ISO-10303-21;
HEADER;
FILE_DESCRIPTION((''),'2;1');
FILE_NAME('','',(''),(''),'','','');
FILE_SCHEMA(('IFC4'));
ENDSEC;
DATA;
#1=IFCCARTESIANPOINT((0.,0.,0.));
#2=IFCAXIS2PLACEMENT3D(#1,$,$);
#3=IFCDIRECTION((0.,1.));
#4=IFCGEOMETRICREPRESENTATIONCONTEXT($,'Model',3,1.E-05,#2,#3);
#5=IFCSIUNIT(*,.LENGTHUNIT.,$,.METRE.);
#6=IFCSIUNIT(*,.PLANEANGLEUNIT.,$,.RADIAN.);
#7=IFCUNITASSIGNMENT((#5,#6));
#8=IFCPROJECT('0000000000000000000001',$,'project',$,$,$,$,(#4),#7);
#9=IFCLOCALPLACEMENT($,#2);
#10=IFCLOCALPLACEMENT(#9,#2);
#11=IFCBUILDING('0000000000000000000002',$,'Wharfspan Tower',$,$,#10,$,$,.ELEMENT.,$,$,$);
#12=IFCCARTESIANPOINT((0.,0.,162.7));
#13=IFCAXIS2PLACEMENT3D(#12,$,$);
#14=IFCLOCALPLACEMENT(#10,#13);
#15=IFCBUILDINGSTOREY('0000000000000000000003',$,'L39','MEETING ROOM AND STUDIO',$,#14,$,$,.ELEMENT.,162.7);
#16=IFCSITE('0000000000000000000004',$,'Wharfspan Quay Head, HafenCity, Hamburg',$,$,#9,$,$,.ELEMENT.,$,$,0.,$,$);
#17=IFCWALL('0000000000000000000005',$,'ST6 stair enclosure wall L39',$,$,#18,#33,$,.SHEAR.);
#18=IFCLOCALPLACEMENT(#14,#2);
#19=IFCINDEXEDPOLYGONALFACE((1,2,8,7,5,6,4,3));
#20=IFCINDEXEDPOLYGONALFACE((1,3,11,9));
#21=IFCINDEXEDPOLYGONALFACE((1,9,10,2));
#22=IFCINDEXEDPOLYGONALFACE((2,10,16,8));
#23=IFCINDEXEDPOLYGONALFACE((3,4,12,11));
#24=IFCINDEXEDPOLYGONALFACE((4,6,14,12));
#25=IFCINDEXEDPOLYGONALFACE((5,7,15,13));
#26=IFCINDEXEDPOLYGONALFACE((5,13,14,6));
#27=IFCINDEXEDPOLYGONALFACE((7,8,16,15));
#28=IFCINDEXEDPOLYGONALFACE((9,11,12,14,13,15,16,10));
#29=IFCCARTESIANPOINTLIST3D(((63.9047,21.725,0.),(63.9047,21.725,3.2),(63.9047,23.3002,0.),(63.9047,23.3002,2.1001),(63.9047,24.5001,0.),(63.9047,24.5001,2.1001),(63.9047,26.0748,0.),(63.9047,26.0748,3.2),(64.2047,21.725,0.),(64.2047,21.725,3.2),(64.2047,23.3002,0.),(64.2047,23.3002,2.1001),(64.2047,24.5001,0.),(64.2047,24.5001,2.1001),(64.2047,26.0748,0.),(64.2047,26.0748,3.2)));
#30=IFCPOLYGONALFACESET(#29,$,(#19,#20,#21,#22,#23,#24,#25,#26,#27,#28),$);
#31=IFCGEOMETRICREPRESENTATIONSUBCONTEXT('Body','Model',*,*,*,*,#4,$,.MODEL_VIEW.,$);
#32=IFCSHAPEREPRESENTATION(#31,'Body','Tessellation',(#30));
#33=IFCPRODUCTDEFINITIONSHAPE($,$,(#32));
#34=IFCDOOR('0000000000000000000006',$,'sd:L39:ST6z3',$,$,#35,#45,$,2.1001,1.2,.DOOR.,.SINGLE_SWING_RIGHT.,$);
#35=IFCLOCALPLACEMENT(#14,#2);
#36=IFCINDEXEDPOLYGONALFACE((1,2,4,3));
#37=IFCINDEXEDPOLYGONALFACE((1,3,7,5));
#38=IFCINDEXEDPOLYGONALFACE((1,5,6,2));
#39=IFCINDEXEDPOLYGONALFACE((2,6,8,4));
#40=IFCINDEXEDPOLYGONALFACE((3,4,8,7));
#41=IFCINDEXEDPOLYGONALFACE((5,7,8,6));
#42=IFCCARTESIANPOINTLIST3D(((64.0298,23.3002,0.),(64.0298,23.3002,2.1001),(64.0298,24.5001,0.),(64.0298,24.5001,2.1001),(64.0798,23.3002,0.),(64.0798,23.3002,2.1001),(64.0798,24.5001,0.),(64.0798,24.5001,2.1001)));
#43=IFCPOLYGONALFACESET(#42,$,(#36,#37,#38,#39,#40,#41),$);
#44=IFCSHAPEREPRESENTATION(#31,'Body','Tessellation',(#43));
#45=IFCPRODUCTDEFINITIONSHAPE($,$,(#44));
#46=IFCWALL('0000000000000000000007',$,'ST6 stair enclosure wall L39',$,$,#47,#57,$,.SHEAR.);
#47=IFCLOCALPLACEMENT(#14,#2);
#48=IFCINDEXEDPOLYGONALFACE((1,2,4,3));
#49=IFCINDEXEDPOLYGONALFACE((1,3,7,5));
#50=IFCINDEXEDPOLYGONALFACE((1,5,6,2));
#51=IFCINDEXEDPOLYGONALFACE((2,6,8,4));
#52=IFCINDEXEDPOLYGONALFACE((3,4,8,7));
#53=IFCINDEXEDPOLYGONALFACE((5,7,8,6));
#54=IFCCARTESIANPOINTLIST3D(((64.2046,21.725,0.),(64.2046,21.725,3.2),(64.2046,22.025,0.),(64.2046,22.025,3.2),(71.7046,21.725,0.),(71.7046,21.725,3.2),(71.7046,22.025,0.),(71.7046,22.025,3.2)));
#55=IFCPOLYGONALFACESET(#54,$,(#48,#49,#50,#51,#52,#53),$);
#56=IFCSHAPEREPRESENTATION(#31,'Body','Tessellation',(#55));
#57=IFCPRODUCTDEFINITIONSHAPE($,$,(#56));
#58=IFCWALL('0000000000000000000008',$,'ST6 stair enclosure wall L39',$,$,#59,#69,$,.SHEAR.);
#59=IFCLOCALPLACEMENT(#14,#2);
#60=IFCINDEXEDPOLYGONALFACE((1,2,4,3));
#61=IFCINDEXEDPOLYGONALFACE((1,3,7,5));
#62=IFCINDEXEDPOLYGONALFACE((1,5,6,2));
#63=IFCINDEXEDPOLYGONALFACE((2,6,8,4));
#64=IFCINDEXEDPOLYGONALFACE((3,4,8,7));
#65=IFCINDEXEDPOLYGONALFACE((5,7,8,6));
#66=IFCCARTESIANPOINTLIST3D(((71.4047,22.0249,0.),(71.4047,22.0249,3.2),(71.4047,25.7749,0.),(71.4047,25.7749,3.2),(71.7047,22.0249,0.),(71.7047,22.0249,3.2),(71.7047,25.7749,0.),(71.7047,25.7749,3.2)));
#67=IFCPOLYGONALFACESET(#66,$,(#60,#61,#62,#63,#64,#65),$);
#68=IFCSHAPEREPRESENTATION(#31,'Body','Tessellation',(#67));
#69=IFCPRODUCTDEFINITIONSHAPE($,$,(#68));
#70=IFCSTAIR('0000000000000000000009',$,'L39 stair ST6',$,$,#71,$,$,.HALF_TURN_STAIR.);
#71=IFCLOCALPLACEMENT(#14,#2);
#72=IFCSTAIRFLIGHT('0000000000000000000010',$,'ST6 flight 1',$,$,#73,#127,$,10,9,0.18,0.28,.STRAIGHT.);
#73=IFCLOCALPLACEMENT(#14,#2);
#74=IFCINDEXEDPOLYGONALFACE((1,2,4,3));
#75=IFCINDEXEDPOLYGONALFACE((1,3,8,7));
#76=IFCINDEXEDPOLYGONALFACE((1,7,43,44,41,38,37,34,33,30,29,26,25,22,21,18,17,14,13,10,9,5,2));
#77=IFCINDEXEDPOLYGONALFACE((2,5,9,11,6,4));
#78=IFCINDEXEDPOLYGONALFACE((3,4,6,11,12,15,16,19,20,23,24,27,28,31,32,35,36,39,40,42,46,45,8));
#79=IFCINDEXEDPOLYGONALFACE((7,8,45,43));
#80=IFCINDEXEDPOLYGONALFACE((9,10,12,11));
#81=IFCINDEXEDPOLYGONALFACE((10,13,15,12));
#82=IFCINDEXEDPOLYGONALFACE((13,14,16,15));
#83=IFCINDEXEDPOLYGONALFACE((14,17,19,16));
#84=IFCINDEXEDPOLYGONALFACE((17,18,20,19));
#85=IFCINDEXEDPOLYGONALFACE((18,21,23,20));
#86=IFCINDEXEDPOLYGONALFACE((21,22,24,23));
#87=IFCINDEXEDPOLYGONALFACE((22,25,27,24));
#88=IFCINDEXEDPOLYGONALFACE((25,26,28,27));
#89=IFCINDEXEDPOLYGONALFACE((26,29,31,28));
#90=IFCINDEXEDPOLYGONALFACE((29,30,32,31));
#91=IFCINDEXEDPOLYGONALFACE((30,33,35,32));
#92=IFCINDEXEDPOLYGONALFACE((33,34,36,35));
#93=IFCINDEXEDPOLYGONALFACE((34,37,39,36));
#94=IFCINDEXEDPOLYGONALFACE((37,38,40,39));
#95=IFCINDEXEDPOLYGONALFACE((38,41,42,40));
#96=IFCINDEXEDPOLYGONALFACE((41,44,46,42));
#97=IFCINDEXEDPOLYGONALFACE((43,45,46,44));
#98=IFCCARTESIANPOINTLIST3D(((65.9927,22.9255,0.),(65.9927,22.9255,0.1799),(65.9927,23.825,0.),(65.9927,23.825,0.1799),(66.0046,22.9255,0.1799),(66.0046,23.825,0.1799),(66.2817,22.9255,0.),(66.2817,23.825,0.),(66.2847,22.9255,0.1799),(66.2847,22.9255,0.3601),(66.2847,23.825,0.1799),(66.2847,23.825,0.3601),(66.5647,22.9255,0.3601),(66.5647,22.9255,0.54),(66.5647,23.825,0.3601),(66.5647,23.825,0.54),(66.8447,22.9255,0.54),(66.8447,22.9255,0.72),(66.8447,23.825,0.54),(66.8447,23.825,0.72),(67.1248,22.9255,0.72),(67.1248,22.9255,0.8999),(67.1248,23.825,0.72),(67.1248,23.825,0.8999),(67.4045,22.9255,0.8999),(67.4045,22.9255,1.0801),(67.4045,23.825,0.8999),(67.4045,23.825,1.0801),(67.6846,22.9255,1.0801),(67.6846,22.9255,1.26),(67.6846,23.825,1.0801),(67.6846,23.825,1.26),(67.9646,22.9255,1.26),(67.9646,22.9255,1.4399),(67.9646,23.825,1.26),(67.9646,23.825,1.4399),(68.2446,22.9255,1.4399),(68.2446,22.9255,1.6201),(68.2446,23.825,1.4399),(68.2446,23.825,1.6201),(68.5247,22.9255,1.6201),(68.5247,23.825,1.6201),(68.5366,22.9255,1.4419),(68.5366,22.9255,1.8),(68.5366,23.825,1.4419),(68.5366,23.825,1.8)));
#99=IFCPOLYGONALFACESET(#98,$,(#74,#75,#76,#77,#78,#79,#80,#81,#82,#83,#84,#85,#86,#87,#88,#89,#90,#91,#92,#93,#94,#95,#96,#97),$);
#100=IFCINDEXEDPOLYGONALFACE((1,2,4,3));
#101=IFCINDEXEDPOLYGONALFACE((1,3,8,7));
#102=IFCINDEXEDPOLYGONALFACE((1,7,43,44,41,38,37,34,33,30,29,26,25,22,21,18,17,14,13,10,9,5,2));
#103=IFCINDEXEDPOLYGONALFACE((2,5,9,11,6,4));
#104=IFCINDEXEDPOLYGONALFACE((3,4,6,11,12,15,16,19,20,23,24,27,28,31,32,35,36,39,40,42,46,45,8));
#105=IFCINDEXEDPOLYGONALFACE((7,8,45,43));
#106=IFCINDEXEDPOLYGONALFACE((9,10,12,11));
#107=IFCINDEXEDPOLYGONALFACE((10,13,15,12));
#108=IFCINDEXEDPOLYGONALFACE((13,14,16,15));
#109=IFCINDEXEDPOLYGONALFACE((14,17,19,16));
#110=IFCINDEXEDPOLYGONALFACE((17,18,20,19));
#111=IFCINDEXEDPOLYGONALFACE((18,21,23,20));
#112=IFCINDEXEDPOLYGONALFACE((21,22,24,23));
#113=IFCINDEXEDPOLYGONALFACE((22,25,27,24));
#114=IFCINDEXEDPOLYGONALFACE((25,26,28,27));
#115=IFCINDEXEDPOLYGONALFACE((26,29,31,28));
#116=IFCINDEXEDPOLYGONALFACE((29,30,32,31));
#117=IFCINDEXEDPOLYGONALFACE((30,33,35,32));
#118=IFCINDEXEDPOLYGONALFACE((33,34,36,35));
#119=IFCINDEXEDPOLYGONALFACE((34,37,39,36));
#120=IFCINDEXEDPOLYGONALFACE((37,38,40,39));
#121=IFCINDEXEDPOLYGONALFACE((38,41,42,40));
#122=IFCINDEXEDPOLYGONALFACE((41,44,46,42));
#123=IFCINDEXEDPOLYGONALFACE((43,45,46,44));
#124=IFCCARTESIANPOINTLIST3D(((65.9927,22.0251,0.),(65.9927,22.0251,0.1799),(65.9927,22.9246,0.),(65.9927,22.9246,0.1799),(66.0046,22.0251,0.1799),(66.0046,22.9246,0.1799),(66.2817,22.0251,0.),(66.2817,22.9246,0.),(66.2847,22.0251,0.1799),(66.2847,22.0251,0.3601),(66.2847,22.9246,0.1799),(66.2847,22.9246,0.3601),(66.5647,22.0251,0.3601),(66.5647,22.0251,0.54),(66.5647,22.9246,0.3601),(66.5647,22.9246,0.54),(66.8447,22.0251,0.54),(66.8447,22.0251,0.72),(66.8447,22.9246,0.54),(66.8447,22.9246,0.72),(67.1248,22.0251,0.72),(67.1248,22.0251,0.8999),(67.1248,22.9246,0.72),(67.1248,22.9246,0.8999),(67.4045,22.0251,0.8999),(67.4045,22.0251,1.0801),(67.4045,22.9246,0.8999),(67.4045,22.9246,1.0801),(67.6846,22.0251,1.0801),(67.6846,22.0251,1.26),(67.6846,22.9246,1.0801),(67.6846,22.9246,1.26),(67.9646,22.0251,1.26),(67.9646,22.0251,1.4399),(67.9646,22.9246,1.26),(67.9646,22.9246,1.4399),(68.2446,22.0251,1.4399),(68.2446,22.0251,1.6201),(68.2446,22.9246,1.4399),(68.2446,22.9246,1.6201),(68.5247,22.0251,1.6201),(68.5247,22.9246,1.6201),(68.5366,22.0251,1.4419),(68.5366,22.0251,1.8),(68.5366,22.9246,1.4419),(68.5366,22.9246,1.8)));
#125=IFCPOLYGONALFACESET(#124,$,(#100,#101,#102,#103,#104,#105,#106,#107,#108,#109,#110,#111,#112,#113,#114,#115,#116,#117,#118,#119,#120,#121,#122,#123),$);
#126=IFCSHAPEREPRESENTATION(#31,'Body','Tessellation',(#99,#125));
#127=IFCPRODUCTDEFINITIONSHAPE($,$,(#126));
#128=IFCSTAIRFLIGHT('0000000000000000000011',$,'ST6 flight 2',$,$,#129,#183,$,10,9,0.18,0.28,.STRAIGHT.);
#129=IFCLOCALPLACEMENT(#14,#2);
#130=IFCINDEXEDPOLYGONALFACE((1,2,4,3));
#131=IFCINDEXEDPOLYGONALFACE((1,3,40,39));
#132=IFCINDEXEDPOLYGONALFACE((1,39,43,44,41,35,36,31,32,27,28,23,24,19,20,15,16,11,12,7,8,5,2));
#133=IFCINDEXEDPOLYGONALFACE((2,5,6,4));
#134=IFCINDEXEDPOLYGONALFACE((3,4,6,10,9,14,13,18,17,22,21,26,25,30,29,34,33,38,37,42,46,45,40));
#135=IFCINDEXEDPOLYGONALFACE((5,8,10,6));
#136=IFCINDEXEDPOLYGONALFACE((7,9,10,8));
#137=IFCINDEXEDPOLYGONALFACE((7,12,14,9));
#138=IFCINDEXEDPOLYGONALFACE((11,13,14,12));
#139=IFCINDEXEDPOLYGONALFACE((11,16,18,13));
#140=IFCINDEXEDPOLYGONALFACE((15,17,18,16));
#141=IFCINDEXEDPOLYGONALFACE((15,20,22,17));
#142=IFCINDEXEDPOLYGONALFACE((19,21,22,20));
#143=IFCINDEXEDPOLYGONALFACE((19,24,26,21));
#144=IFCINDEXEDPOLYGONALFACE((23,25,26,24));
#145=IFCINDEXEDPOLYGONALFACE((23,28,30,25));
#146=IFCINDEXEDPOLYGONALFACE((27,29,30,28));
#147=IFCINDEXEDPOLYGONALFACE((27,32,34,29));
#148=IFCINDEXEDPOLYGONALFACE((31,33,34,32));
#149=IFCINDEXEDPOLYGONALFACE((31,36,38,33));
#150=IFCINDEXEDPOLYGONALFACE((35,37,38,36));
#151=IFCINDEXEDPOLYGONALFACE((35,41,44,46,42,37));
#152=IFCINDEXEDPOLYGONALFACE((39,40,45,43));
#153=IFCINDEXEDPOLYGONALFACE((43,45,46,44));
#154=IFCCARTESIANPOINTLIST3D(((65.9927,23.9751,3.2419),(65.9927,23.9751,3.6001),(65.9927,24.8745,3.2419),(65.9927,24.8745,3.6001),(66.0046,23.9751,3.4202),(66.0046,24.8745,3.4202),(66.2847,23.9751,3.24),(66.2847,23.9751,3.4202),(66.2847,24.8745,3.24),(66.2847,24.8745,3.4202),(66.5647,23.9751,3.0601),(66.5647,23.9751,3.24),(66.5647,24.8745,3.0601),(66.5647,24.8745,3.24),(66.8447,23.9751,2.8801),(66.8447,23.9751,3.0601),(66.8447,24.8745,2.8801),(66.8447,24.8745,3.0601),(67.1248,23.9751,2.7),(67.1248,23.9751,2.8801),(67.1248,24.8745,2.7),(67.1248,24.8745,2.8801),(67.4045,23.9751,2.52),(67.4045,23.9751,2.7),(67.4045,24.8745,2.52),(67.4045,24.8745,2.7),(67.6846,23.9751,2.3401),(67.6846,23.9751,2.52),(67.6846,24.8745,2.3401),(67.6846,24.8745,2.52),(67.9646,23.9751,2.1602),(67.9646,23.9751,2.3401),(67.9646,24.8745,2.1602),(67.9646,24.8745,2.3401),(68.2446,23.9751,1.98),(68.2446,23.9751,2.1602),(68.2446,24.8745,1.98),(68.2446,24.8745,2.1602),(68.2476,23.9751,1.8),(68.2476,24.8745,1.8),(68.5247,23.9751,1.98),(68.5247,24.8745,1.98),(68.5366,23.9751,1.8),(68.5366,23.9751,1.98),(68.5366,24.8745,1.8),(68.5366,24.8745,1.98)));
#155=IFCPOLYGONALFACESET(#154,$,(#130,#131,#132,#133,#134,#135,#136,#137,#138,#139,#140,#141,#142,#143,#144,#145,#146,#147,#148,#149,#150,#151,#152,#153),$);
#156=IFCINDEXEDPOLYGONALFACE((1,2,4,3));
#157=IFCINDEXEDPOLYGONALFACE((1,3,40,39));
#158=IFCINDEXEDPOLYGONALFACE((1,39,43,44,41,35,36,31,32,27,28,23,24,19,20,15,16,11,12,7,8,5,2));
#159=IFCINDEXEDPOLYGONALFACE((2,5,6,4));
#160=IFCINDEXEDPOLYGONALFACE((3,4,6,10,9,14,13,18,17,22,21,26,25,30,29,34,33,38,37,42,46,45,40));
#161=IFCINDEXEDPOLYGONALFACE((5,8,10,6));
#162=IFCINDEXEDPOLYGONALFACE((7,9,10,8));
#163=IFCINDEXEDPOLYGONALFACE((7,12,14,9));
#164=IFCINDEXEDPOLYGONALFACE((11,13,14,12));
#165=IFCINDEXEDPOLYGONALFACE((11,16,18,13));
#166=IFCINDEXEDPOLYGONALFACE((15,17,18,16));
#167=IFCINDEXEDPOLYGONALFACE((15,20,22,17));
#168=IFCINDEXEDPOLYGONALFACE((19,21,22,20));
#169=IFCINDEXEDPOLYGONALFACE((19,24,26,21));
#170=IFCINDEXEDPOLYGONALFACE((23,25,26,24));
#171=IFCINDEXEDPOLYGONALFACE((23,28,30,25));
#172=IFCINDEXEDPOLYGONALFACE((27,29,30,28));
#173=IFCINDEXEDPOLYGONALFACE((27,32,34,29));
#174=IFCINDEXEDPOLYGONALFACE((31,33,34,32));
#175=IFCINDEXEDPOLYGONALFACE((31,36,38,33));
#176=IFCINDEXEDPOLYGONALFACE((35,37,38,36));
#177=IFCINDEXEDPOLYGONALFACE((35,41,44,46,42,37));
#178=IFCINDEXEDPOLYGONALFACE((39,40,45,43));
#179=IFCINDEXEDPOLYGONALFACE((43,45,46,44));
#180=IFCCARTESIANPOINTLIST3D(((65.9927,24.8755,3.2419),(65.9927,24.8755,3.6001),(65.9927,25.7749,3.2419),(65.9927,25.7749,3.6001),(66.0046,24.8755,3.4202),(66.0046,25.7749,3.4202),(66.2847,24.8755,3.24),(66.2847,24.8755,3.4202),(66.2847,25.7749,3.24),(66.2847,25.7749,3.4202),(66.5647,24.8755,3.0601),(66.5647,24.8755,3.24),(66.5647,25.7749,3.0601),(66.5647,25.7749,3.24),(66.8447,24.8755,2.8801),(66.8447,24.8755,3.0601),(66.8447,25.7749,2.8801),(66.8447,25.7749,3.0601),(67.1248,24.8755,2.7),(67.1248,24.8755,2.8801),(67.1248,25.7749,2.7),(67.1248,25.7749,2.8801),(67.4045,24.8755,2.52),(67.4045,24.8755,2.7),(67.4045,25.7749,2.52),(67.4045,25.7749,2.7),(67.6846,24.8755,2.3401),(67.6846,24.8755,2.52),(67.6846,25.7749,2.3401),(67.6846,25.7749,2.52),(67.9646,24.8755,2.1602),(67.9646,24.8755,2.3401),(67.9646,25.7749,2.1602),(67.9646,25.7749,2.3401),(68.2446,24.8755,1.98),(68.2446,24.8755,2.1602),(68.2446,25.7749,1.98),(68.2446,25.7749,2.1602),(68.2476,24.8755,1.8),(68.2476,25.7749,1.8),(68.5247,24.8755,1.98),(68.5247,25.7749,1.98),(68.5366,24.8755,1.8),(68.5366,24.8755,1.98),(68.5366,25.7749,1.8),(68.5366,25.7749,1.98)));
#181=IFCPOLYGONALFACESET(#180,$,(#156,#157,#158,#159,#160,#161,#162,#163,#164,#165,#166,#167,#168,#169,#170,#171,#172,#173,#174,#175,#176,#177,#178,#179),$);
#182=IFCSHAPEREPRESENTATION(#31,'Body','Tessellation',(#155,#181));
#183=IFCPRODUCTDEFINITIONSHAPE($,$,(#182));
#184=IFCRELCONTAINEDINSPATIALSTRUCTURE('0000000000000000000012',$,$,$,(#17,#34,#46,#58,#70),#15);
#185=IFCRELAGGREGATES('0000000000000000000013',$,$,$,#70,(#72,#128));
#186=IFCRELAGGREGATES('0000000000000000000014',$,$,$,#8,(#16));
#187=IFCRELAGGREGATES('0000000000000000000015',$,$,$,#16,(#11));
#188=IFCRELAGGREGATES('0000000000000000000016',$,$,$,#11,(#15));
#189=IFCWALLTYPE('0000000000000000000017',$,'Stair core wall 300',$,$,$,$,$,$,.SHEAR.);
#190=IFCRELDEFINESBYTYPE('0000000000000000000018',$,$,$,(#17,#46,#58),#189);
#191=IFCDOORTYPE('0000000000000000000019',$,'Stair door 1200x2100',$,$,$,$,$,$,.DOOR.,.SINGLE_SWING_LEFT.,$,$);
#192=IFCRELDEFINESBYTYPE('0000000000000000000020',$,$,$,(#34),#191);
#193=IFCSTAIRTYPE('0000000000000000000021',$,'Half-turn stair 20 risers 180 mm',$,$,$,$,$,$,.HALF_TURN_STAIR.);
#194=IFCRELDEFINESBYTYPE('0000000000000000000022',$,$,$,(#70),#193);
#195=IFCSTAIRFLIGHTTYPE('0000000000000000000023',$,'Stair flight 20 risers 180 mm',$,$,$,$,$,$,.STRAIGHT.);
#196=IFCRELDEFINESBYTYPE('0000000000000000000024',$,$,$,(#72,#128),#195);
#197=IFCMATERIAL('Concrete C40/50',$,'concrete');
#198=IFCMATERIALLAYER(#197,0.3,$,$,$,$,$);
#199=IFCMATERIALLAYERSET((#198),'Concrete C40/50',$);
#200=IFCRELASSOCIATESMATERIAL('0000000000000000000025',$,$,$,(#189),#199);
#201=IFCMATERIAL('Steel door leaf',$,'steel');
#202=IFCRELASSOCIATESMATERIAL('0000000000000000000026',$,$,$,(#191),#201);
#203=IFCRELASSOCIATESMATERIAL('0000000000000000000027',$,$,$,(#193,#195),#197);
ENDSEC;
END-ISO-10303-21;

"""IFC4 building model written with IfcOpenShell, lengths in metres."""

from ifc_helpers import new_model, si_unit, direction, frame, frame_2d, origin, place, context, subcontext, project, spatial, polyline, rectangle, outline, extrude, material, layer, layer_set, type_object, element, fill, aggregate, save


model = new_model("IFC4")

# Units and contexts
model_context = context("Model", 3, precision=1e-05, world=origin(), true_north=direction((0.0, 1.0)))
body_context = subcontext(model_context, "Body", "Model", "MODEL_VIEW")
ifc_project = project(units=[si_unit("LENGTHUNIT", "METRE"), si_unit("PLANEANGLEUNIT", "RADIAN")], contexts=[model_context])

# Site, building, storey
site_placement = place(None, origin())
site = spatial("IfcSite", under=ifc_project, at=site_placement, Name="Wharfspan Quay Head, HafenCity, Hamburg", CompositionType="ELEMENT", RefElevation=0.0)
building_placement = place(site_placement, origin())
building = spatial("IfcBuilding", under=site, at=building_placement, Name="Wharfspan Tower", CompositionType="ELEMENT")
storey_placement = place(building_placement, frame((0.0, 0.0, 162.7)))
storey = spatial("IfcBuildingStorey", under=building, at=storey_placement, Name="L39", Description="MEETING ROOM AND STUDIO", CompositionType="ELEMENT", Elevation=162.7)

# Wall, opening, door
ifc_material_1 = material(Name="Concrete C40/50", Category="concrete")
ifc_layer_1 = layer(ifc_material_1, 0.3)
ifc_layer_set_1 = layer_set([ifc_layer_1], Name="Concrete C40/50")
wall_type_1 = type_object("IfcWallType", Name="Stair core wall 300", PredefinedType="SHEAR", material=ifc_layer_set_1)
wall_1_placement = place(storey_placement, frame((64.0547, 21.7251, 0.0), z_axis=(0.0, 0.0, 1.0), x_axis=(0.0, 1.0, 0.0)))
wall_1 = element("IfcWall", 1, at=wall_1_placement, inside=storey, type_object=wall_type_1, Name="ST6 stair enclosure wall L39", PredefinedType="SHEAR", context=body_context, shape_type="SweptSolid", body=[
    extrude(rectangle(XDim=4.3499, YDim=0.3, at=frame_2d((2.1748, 0.0))), origin(), (0.0, 0.0, 1.0), 3.2),
])
opening_placement = place(wall_1_placement, frame((1.575, 0.0, 0.0)))
opening = element("IfcOpeningElement", 2, at=opening_placement, cuts=wall_1, PredefinedType="OPENING", context=body_context, shape_type="SweptSolid", body=[
    extrude(rectangle(XDim=1.2, YDim=2.1001, at=frame_2d((0.6001, 1.05))), frame((0.0, 0.1599, 0.0), z_axis=(0.0, -1.0, 0.0), x_axis=(1.0, 0.0, 0.0)), (0.0, 0.0, 1.0), 0.3201),
])
ifc_material_2 = material(Name="Steel door leaf", Category="steel")
door_type = type_object("IfcDoorType", Name="Stair door 1200x2100", OperationType="SINGLE_SWING_LEFT", PredefinedType="DOOR", material=ifc_material_2)
door_placement = place(opening_placement, origin())
door = element("IfcDoor", 3, at=door_placement, inside=storey, type_object=door_type, Name="sd:L39:ST6z3", OperationType="SINGLE_SWING_RIGHT", OverallHeight=2.1001, OverallWidth=1.2, PredefinedType="DOOR", context=body_context, shape_type="SweptSolid", body=[
    extrude(rectangle(XDim=1.2, YDim=2.1001, at=frame_2d((0.6001, 1.05))), frame((0.0, 0.0249, 0.0), z_axis=(0.0, -1.0, 0.0), x_axis=(1.0, 0.0, 0.0)), (0.0, 0.0, 1.0), 0.05),
])
fill(opening, door)

# Walls
wall_2_placement = place(storey_placement, frame((64.2046, 21.875, 0.0), z_axis=(0.0, 0.0, 1.0), x_axis=(1.0, 0.0, 0.0)))
element("IfcWall", 4, at=wall_2_placement, inside=storey, type_object=wall_type_1, Name="ST6 stair enclosure wall L39", PredefinedType="SHEAR", context=body_context, shape_type="SweptSolid", body=[
    extrude(rectangle(XDim=7.5, YDim=0.3, at=frame_2d((3.75, 0.0))), origin(), (0.0, 0.0, 1.0), 3.2),
])
wall_3_placement = place(storey_placement, frame((71.5547, 22.0249, 0.0), z_axis=(0.0, 0.0, 1.0), x_axis=(0.0, 1.0, 0.0)))
element("IfcWall", 5, at=wall_3_placement, inside=storey, type_object=wall_type_1, Name="ST6 stair enclosure wall L39", PredefinedType="SHEAR", context=body_context, shape_type="SweptSolid", body=[
    extrude(rectangle(XDim=3.75, YDim=0.3, at=frame_2d((1.875, 0.0))), origin(), (0.0, 0.0, 1.0), 3.2),
])

# Stair, stair flights
stair_type = type_object("IfcStairType", Name="Half-turn stair 20 risers 180 mm", PredefinedType="HALF_TURN_STAIR", material=ifc_material_1)
stair_placement = place(storey_placement, origin())
stair = element("IfcStair", 6, at=stair_placement, inside=storey, type_object=stair_type, Name="L39 stair ST6", PredefinedType="HALF_TURN_STAIR")
stair_flight_type = type_object("IfcStairFlightType", Name="Stair flight 20 risers 180 mm", PredefinedType="STRAIGHT", material=ifc_material_1)
stair_flight_1_placement = place(storey_placement, frame((66.0046, 22.925, 0.0), z_axis=(0.0, 0.0, 1.0), x_axis=(1.0, 0.0, 0.0)))
stair_flight_1 = element("IfcStairFlight", 7, at=stair_flight_1_placement, type_object=stair_flight_type, Name="ST6 flight 1", NumberOfRisers=10, NumberOfTreads=9, PredefinedType="STRAIGHT", RiserHeight=0.18, TreadLength=0.28, context=body_context, shape_type="SweptSolid", body=[
    extrude(outline(polyline([(-0.012, 0.0), (-0.012, 0.1799), (0.0, 0.1799), (0.28, 0.1799), (0.28, 0.3601), (0.5601, 0.3601), (0.5601, 0.54), (0.8401, 0.54), (0.8401, 0.72), (1.1201, 0.72), (1.1201, 0.8999), (1.3999, 0.8999), (1.3999, 1.0801), (1.6799, 1.0801), (1.6799, 1.26), (1.96, 1.26), (1.96, 1.4399), (2.24, 1.4399), (2.24, 1.6201), (2.52, 1.6201), (2.532, 1.8), (2.532, 1.4419), (0.2771, 0.0), (-0.012, 0.0)])), frame((0.0, 0.8999, 0.0), z_axis=(0.0, -1.0, 0.0), x_axis=(1.0, 0.0, 0.0)), (0.0, 0.0, 1.0), 0.8994),
    extrude(outline(polyline([(-0.012, 0.0), (-0.012, 0.1799), (0.0, 0.1799), (0.28, 0.1799), (0.28, 0.3601), (0.5601, 0.3601), (0.5601, 0.54), (0.8401, 0.54), (0.8401, 0.72), (1.1201, 0.72), (1.1201, 0.8999), (1.3999, 0.8999), (1.3999, 1.0801), (1.6799, 1.0801), (1.6799, 1.26), (1.96, 1.26), (1.96, 1.4399), (2.24, 1.4399), (2.24, 1.6201), (2.52, 1.6201), (2.532, 1.8), (2.532, 1.4419), (0.2771, 0.0), (-0.012, 0.0)])), frame((0.0, -0.0005, 0.0), z_axis=(0.0, -1.0, 0.0), x_axis=(1.0, 0.0, 0.0)), (0.0, 0.0, 1.0), 0.8994),
])
stair_flight_2_placement = place(storey_placement, frame((68.5247, 24.875, 1.8), z_axis=(0.0, 0.0, 1.0), x_axis=(-1.0, 0.0, 0.0)))
stair_flight_2 = element("IfcStairFlight", 8, at=stair_flight_2_placement, type_object=stair_flight_type, Name="ST6 flight 2", NumberOfRisers=10, NumberOfTreads=9, PredefinedType="STRAIGHT", RiserHeight=0.18, TreadLength=0.28, context=body_context, shape_type="SweptSolid", body=[
    extrude(outline(polyline([(-0.012, 0.0), (-0.012, 0.1799), (0.0, 0.1799), (0.28, 0.1799), (0.28, 0.3601), (0.5601, 0.3601), (0.5601, 0.54), (0.8401, 0.54), (0.8401, 0.72), (1.1201, 0.72), (1.1201, 0.8999), (1.3999, 0.8999), (1.3999, 1.0801), (1.6799, 1.0801), (1.6799, 1.26), (1.96, 1.26), (1.96, 1.4399), (2.24, 1.4399), (2.24, 1.6201), (2.52, 1.6201), (2.532, 1.8), (2.532, 1.4419), (0.2771, 0.0), (-0.012, 0.0)])), frame((0.0, 0.8999, 0.0), z_axis=(0.0, -1.0, 0.0), x_axis=(1.0, 0.0, 0.0)), (0.0, 0.0, 1.0), 0.8994),
    extrude(outline(polyline([(-0.012, 0.0), (-0.012, 0.1799), (0.0, 0.1799), (0.28, 0.1799), (0.28, 0.3601), (0.5601, 0.3601), (0.5601, 0.54), (0.8401, 0.54), (0.8401, 0.72), (1.1201, 0.72), (1.1201, 0.8999), (1.3999, 0.8999), (1.3999, 1.0801), (1.6799, 1.0801), (1.6799, 1.26), (1.96, 1.26), (1.96, 1.4399), (2.24, 1.4399), (2.24, 1.6201), (2.52, 1.6201), (2.532, 1.8), (2.532, 1.4419), (0.2771, 0.0), (-0.012, 0.0)])), frame((0.0, -0.0005, 0.0), z_axis=(0.0, -1.0, 0.0), x_axis=(1.0, 0.0, 0.0)), (0.0, 0.0, 1.0), 0.8994),
])
aggregate(stair, [stair_flight_1, stair_flight_2])

save(model, "model.ifc")
